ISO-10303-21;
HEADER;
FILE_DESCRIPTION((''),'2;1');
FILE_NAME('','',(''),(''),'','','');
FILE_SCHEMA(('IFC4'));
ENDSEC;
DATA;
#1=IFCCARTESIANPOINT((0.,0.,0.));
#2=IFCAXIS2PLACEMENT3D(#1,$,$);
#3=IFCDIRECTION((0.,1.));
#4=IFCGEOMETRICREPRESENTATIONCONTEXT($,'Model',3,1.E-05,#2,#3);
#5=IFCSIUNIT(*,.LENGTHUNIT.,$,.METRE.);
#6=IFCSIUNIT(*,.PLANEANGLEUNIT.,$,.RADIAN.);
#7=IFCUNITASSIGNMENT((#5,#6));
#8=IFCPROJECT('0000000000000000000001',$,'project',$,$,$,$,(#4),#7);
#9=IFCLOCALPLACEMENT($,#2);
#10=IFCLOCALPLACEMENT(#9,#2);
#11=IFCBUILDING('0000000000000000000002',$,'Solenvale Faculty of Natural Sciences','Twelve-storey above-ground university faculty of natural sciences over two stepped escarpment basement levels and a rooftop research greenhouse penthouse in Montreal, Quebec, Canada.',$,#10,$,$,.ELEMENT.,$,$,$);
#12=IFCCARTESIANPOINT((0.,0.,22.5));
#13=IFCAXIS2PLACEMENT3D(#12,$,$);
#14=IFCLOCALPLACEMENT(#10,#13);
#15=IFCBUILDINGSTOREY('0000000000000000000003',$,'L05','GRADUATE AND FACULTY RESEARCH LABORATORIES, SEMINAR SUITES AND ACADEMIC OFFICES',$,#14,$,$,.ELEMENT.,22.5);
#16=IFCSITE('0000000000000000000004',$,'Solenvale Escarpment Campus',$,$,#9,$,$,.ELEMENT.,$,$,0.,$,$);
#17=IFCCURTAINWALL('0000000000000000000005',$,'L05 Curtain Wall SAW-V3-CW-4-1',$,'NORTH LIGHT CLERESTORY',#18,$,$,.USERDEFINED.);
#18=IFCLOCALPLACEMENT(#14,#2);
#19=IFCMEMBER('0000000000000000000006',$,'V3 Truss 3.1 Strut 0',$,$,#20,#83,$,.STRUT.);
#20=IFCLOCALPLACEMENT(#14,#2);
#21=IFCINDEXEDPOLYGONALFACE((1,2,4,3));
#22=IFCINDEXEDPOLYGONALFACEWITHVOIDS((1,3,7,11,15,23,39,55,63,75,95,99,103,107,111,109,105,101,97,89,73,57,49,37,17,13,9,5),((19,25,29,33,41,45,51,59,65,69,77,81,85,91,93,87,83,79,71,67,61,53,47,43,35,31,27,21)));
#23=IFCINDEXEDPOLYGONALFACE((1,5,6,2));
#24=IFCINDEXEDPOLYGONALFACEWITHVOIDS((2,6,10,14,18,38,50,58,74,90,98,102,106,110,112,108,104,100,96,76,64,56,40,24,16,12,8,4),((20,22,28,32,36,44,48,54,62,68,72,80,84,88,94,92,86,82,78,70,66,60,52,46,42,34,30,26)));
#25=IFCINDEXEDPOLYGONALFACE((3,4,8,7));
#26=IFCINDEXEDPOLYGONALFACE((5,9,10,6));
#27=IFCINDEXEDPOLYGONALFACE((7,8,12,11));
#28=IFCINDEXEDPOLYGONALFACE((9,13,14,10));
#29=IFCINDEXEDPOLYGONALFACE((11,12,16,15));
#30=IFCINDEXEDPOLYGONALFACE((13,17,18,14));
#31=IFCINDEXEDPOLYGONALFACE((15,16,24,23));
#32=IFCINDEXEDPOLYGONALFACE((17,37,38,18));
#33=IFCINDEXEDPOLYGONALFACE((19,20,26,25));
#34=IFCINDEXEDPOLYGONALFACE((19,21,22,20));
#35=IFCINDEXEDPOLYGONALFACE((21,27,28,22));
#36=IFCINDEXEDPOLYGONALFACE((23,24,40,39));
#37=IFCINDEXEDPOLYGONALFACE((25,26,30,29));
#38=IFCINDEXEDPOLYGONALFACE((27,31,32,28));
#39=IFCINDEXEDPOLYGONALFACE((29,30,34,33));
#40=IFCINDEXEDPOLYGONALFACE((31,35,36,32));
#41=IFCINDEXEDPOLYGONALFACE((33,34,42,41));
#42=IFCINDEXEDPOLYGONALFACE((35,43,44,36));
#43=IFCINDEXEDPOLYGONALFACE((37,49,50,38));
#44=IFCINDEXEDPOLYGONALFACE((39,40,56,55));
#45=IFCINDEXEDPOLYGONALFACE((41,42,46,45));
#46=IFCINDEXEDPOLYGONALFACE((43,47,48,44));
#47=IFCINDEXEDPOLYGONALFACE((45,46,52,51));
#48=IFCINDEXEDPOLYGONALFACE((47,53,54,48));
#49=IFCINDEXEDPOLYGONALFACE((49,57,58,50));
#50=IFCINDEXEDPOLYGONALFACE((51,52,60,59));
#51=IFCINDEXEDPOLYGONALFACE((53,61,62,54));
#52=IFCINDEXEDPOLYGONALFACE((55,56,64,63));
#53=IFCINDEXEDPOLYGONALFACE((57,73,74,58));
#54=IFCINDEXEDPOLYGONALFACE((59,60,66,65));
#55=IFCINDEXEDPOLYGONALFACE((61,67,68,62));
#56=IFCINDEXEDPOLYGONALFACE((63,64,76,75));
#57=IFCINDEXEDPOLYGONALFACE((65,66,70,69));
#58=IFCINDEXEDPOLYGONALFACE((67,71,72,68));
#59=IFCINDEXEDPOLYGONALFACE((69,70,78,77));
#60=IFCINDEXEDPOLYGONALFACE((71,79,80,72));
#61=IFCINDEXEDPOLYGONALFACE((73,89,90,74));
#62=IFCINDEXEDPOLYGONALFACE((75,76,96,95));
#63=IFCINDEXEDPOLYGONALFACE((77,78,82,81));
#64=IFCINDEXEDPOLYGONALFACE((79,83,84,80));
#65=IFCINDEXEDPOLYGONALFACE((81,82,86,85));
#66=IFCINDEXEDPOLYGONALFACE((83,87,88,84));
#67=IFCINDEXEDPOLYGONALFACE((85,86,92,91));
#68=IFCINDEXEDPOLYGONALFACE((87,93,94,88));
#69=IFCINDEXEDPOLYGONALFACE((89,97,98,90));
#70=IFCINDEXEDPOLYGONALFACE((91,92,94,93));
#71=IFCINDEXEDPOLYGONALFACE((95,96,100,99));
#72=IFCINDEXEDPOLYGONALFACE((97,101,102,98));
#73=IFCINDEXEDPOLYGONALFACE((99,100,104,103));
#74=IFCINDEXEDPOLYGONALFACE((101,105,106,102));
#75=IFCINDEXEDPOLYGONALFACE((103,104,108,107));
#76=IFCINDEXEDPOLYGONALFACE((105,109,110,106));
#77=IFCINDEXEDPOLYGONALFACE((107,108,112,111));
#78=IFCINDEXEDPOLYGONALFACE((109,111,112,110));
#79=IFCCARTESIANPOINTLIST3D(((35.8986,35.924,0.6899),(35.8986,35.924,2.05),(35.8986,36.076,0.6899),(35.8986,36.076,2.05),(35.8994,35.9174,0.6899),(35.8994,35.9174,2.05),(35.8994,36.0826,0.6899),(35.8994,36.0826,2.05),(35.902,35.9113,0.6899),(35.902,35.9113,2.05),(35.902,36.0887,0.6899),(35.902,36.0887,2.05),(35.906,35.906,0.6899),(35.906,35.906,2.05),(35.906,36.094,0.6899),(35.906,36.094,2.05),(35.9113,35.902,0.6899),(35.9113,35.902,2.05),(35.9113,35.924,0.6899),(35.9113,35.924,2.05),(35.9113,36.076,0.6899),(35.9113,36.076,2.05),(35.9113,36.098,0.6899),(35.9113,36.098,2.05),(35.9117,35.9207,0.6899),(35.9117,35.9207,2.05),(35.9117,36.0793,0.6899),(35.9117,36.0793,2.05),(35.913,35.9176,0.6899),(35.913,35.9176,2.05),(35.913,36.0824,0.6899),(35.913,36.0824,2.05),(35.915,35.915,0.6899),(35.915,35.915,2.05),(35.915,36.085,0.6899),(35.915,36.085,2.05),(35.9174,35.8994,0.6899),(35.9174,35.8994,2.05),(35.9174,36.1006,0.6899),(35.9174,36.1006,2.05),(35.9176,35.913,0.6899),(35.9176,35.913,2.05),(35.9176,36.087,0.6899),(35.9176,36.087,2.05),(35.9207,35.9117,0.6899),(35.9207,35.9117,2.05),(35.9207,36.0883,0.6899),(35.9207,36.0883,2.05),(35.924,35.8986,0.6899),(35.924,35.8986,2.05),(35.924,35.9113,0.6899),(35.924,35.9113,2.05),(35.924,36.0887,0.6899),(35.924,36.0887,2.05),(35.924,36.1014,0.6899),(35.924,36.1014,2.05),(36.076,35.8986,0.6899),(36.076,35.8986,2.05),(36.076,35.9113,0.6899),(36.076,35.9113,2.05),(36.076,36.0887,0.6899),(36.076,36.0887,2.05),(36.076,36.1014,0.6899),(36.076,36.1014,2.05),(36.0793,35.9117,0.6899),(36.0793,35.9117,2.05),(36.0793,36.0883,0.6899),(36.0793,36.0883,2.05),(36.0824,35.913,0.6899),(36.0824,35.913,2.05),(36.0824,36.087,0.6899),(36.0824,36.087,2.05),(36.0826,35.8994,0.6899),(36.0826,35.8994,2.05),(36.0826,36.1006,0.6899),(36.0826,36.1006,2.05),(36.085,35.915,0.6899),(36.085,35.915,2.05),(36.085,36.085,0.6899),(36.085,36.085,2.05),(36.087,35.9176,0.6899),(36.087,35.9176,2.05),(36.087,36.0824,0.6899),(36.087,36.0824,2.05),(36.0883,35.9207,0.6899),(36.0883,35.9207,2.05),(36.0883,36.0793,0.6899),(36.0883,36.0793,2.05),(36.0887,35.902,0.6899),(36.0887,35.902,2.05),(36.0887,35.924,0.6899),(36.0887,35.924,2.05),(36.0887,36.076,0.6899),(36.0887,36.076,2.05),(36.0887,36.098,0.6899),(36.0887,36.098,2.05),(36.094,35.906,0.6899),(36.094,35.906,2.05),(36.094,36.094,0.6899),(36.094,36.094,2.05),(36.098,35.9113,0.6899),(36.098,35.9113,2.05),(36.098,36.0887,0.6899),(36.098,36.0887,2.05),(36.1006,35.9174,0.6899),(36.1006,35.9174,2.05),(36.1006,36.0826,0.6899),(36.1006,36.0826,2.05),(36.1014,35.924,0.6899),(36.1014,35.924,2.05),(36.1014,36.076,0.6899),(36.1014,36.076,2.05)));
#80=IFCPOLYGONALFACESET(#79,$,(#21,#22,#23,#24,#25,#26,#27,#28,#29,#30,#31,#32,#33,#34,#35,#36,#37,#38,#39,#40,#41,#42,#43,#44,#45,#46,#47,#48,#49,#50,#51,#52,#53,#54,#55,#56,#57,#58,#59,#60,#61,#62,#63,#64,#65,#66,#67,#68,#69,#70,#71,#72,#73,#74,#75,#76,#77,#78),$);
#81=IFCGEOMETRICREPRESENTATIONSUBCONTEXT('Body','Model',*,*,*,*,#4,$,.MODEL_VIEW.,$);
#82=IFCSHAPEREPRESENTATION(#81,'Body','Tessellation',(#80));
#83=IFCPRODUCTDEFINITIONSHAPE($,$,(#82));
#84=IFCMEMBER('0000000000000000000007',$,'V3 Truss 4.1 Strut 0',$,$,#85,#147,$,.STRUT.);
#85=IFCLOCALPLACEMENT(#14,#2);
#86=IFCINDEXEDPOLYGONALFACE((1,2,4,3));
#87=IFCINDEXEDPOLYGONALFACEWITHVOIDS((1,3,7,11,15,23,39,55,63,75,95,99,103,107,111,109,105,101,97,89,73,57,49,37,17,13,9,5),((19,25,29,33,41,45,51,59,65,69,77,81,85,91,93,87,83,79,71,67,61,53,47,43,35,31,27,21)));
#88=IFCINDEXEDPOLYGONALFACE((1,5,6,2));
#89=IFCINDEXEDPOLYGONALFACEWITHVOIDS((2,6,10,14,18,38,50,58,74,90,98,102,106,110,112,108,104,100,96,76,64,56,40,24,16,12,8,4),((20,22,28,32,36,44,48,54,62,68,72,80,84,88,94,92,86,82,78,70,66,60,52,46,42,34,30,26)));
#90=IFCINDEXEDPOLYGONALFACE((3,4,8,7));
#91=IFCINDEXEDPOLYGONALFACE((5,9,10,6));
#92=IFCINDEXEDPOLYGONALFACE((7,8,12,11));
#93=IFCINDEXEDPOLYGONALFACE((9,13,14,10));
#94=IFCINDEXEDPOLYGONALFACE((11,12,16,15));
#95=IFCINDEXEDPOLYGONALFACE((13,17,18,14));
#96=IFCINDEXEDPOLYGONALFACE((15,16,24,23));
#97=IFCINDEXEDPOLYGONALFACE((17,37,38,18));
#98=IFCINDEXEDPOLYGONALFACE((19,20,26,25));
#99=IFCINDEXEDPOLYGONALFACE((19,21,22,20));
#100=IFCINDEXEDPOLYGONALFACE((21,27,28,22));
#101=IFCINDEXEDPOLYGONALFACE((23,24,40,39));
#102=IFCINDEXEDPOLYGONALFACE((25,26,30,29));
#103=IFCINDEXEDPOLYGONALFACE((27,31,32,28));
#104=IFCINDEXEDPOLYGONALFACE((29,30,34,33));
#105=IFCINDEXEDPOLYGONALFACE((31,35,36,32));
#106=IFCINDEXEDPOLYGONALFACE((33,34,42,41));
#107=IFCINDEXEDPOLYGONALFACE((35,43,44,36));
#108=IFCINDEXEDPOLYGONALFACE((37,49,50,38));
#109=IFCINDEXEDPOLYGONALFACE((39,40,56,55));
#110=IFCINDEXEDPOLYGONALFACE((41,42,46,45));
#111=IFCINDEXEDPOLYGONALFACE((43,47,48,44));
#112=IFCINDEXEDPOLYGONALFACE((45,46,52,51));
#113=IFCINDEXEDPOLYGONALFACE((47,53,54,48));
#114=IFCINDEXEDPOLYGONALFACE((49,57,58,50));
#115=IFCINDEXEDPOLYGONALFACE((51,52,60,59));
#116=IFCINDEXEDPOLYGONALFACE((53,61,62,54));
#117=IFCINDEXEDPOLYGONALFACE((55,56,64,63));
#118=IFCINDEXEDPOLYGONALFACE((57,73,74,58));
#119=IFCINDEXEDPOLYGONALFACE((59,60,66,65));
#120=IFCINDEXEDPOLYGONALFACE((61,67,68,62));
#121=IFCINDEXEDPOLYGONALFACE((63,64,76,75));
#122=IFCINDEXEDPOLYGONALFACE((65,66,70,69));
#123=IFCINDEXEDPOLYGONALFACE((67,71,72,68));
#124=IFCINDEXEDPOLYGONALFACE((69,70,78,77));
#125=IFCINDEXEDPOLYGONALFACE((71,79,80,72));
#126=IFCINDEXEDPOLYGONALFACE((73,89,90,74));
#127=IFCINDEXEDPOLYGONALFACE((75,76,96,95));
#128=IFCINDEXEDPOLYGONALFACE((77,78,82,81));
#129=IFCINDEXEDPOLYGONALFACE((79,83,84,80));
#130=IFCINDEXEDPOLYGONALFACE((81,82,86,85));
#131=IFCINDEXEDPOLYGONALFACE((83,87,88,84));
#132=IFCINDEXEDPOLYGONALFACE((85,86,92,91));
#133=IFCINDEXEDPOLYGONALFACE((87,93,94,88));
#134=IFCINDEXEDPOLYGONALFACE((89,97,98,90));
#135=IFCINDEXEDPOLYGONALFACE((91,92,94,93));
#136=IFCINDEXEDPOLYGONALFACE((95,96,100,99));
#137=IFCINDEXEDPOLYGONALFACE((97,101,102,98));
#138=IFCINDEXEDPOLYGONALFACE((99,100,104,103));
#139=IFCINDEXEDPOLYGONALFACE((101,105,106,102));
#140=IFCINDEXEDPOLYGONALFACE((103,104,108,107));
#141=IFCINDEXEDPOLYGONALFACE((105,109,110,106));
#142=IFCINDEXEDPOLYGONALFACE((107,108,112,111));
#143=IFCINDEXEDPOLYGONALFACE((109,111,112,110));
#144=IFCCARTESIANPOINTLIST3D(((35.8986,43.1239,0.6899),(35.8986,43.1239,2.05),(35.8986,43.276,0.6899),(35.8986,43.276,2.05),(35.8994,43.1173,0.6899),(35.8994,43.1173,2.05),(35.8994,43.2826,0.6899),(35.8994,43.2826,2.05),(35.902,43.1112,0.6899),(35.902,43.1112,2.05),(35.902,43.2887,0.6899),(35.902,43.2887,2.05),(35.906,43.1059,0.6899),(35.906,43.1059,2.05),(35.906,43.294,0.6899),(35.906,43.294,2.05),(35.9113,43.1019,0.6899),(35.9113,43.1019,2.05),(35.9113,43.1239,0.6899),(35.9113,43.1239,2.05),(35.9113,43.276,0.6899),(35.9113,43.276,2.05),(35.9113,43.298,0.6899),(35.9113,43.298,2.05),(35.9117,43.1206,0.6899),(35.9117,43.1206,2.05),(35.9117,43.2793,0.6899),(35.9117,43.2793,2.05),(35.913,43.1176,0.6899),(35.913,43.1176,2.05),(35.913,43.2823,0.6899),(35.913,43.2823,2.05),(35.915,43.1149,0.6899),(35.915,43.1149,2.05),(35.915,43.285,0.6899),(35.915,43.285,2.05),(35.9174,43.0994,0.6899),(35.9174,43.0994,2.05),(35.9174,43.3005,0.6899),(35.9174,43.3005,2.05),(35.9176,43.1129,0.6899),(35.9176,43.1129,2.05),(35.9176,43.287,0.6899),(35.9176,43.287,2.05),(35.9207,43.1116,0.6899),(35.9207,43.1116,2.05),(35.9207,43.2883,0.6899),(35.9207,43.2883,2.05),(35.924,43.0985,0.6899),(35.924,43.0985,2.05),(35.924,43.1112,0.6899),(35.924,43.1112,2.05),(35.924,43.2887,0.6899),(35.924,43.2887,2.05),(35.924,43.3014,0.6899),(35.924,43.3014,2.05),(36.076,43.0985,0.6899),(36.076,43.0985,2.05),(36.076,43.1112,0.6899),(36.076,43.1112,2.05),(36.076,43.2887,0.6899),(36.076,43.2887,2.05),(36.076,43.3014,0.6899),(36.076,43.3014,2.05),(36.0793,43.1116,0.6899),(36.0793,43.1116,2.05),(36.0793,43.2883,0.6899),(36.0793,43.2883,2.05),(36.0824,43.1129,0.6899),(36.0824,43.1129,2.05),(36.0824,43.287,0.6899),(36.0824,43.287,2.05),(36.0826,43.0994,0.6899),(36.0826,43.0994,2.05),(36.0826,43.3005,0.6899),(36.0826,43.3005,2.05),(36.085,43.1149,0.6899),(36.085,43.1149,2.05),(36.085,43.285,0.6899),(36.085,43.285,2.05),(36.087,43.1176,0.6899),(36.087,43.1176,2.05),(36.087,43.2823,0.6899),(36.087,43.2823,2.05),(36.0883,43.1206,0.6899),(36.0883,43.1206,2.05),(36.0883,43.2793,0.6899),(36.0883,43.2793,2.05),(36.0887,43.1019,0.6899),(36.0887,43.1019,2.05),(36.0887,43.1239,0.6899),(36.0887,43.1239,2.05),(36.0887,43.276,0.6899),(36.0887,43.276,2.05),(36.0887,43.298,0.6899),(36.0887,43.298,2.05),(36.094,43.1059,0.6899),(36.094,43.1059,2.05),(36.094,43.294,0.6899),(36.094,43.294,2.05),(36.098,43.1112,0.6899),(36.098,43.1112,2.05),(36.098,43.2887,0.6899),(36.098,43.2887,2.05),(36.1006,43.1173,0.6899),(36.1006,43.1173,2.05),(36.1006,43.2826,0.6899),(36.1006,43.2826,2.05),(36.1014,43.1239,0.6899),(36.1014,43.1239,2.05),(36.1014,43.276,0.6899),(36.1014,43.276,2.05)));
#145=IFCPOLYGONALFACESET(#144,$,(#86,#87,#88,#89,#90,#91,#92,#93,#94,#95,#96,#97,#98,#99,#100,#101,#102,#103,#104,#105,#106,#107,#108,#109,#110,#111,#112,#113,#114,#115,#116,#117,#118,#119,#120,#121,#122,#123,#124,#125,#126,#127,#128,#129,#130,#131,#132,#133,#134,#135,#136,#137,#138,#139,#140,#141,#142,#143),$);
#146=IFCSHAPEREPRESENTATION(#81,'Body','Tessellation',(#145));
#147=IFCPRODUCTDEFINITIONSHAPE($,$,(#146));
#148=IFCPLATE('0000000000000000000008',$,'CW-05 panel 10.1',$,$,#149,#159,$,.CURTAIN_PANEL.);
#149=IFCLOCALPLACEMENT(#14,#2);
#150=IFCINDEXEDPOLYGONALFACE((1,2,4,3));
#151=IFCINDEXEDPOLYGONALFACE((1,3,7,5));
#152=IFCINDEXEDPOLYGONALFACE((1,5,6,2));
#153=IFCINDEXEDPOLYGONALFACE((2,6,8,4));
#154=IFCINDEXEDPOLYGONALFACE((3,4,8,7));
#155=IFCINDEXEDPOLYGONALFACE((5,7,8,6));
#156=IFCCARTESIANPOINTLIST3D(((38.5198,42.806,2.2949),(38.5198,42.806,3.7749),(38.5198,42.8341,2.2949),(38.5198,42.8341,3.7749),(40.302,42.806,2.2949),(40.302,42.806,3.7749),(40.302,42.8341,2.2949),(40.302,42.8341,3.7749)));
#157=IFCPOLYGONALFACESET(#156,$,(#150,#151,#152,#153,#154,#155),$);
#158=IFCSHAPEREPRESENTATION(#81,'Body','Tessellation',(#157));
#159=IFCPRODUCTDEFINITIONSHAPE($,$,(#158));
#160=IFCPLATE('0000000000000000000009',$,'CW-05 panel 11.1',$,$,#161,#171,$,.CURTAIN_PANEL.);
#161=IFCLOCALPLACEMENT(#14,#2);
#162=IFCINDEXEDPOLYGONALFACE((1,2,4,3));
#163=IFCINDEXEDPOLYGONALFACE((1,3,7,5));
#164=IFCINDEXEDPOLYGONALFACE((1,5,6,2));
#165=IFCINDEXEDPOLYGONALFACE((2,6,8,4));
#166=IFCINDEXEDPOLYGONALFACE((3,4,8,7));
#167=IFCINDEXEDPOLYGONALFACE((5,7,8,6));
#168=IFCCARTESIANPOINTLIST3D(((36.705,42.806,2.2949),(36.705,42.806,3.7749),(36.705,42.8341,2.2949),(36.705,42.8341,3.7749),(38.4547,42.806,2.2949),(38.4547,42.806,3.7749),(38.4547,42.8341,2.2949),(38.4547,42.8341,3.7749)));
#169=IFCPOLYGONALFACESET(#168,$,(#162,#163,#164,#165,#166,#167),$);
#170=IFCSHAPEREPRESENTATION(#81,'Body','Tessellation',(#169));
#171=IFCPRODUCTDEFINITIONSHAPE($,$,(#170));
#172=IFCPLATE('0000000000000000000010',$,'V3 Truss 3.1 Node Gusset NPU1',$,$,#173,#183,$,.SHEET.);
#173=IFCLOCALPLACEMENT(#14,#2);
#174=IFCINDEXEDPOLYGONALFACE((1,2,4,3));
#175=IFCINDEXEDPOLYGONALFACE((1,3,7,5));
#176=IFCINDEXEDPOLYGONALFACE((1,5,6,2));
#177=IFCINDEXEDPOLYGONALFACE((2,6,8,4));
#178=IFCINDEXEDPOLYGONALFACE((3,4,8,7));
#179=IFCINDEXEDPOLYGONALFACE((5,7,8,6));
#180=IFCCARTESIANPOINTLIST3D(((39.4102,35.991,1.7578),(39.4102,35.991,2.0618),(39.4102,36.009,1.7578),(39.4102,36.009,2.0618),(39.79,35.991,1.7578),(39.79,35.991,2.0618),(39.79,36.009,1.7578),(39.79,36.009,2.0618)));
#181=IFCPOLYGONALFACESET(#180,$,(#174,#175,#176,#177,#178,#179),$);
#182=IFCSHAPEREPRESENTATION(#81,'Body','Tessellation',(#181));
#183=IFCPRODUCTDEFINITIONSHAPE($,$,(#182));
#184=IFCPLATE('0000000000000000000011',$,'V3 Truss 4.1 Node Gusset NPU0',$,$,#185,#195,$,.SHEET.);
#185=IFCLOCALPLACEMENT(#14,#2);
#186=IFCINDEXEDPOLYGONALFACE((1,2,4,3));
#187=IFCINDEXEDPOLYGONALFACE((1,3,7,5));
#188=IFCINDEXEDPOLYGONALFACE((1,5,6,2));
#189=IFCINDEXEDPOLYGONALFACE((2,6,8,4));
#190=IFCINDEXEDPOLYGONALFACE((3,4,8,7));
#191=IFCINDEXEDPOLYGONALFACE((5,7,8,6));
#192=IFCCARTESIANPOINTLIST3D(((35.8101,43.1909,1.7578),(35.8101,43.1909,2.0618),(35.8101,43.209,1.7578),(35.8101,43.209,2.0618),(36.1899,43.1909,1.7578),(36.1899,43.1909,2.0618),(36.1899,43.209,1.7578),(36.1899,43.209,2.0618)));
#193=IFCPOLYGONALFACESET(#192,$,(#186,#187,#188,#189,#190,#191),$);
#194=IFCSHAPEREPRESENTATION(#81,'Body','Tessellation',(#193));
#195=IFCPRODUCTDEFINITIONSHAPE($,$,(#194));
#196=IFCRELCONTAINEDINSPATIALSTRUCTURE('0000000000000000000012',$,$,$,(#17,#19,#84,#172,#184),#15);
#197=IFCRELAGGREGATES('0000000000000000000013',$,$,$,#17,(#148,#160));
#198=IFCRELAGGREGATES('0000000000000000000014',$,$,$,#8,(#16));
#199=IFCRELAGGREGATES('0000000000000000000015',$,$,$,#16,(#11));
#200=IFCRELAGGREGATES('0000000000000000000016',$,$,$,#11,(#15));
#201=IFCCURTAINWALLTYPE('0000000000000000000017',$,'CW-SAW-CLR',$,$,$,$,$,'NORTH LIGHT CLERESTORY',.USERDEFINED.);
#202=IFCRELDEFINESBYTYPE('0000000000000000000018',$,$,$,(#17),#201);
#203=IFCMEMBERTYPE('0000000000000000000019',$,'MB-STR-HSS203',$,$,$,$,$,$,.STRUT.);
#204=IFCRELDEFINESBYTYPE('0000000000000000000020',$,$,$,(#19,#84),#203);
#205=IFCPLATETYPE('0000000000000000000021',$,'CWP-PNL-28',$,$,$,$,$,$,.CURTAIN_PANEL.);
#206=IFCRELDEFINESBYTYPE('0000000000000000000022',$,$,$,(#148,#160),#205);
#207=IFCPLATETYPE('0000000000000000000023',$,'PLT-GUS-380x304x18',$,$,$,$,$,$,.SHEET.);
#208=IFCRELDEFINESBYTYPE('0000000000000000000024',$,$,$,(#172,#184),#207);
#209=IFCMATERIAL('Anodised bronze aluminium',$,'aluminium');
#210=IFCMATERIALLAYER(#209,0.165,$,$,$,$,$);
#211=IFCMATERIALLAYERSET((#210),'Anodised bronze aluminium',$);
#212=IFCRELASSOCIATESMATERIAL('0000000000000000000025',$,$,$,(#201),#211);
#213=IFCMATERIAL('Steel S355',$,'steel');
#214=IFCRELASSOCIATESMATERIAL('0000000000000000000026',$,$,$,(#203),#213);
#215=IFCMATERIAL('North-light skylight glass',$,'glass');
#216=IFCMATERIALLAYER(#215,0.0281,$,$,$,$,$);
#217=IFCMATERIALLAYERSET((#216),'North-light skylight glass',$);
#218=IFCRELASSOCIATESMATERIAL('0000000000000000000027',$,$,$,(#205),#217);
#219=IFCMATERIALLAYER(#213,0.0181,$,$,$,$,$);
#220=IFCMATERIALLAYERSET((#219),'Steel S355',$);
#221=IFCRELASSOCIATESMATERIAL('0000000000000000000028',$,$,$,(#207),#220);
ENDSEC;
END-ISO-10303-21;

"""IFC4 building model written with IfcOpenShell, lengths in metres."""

from ifc_helpers import new_model, si_unit, direction, frame, origin, origin_2d, place, context, subcontext, project, spatial, rectangle, hollow_rectangle, extrude, material, layer, layer_set, material_profile, profile_set, type_object, element, aggregate, save


model = new_model("IFC4")

# Units and contexts
model_context = context("Model", 3, precision=1e-05, world=origin(), true_north=direction((0.0, 1.0)))
body_context = subcontext(model_context, "Body", "Model", "MODEL_VIEW")
ifc_project = project(units=[si_unit("LENGTHUNIT", "METRE"), si_unit("PLANEANGLEUNIT", "RADIAN")], contexts=[model_context])

# Site, building, storey
site_placement = place(None, origin())
site = spatial("IfcSite", under=ifc_project, at=site_placement, Name="Solenvale Escarpment Campus", CompositionType="ELEMENT", RefElevation=0.0)
building_placement = place(site_placement, origin())
building = spatial("IfcBuilding", under=site, at=building_placement, Name="Solenvale Faculty of Natural Sciences", Description="Twelve-storey above-ground university faculty of natural sciences over two stepped escarpment basement levels and a rooftop research greenhouse penthouse in Montreal, Quebec, Canada.", CompositionType="ELEMENT")
storey_placement = place(building_placement, frame((0.0, 0.0, 22.5)))
storey = spatial("IfcBuildingStorey", under=building, at=storey_placement, Name="L05", Description="GRADUATE AND FACULTY RESEARCH LABORATORIES, SEMINAR SUITES AND ACADEMIC OFFICES", CompositionType="ELEMENT", Elevation=22.5)

# Shared definitions
ifc_material_1 = material(Name="Steel S355", Category="steel")

# Curtain wall
ifc_material_2 = material(Name="Anodised bronze aluminium", Category="aluminium")
ifc_layer_1 = layer(ifc_material_2, 0.165)
ifc_layer_set_1 = layer_set([ifc_layer_1], Name="Anodised bronze aluminium")
curtain_wall_type = type_object("IfcCurtainWallType", Name="CW-SAW-CLR", ElementType="NORTH LIGHT CLERESTORY", PredefinedType="USERDEFINED", material=ifc_layer_set_1)
curtain_wall_placement = place(storey_placement, origin())
curtain_wall = element("IfcCurtainWall", 1, at=curtain_wall_placement, inside=storey, type_object=curtain_wall_type, Name="L05 Curtain Wall SAW-V3-CW-4-1", ObjectType="NORTH LIGHT CLERESTORY", PredefinedType="USERDEFINED")

# Members
ifc_material_profile_1 = material_profile(ifc_material_1, hollow_rectangle(XDim=0.2029, YDim=0.2029, WallThickness=0.0127, InnerFilletRadius=0.0127, OuterFilletRadius=0.0254, at=origin_2d()), Name="HSS203x203x13")
ifc_profile_set_1 = profile_set([ifc_material_profile_1], Name="Steel S355")
member_type_1 = type_object("IfcMemberType", Name="MB-STR-HSS203", PredefinedType="STRUT", material=ifc_profile_set_1)
for number, where, z_axis, x_axis, name in (
    (2, (36.0, 36.0, 0.6899), (0.0, 0.0, 1.0), (1.0, 0.0, 0.0), "V3 Truss 3.1 Strut 0"),
    (3, (36.0, 43.2, 0.6899), (0.0, 0.0, 1.0), (1.0, 0.0, 0.0), "V3 Truss 4.1 Strut 0"),
):
    element("IfcMember", number, at=place(storey_placement, frame(where, z_axis=z_axis, x_axis=x_axis)), inside=storey, type_object=member_type_1, Name=name, PredefinedType="STRUT", context=body_context, shape_type="SweptSolid", body=[
        extrude(hollow_rectangle(XDim=0.2029, YDim=0.2029, WallThickness=0.0127, InnerFilletRadius=0.0127, OuterFilletRadius=0.0254, at=origin_2d()), origin(), (0.0, 0.0, 1.0), 1.3601),
    ])

# Plates
ifc_material_3 = material(Name="North-light skylight glass", Category="glass")
ifc_layer_2 = layer(ifc_material_3, 0.0281)
ifc_layer_set_2 = layer_set([ifc_layer_2], Name="North-light skylight glass")
plate_type_1 = type_object("IfcPlateType", Name="CWP-PNL-28", PredefinedType="CURTAIN_PANEL", material=ifc_layer_set_2)
plate_1_placement = place(storey_placement, frame((39.4109, 42.8201, 2.2949), z_axis=(0.0, 0.0, 1.0), x_axis=(-1.0, 0.0, 0.0)))
plate_1 = element("IfcPlate", 4, at=plate_1_placement, type_object=plate_type_1, Name="CW-05 panel 10.1", PredefinedType="CURTAIN_PANEL", context=body_context, shape_type="SweptSolid", body=[
    extrude(rectangle(XDim=1.7822, YDim=0.0281, at=origin_2d()), origin(), (0.0, 0.0, 1.0), 1.48),
])
plate_2_placement = place(storey_placement, frame((37.5798, 42.8201, 2.2949), z_axis=(0.0, 0.0, 1.0), x_axis=(-1.0, 0.0, 0.0)))
plate_2 = element("IfcPlate", 5, at=plate_2_placement, type_object=plate_type_1, Name="CW-05 panel 11.1", PredefinedType="CURTAIN_PANEL", context=body_context, shape_type="SweptSolid", body=[
    extrude(rectangle(XDim=1.7498, YDim=0.0281, at=origin_2d()), origin(), (0.0, 0.0, 1.0), 1.48),
])
aggregate(curtain_wall, [plate_1, plate_2])

# Plates
ifc_layer_3 = layer(ifc_material_1, 0.0181)
ifc_layer_set_3 = layer_set([ifc_layer_3], Name="Steel S355")
plate_type_2 = type_object("IfcPlateType", Name="PLT-GUS-380x304x18", PredefinedType="SHEET", material=ifc_layer_set_3)
for number, where, z_axis, x_axis, name in (
    (6, (39.6001, 36.0, 1.7578), (0.0, 0.0, 1.0), (1.0, 0.0, 0.0), "V3 Truss 3.1 Node Gusset NPU1"),
    (7, (36.0, 43.2, 1.7578), (0.0, 0.0, 1.0), (1.0, 0.0, 0.0), "V3 Truss 4.1 Node Gusset NPU0"),
):
    element("IfcPlate", number, at=place(storey_placement, frame(where, z_axis=z_axis, x_axis=x_axis)), inside=storey, type_object=plate_type_2, Name=name, PredefinedType="SHEET", context=body_context, shape_type="SweptSolid", body=[
        extrude(rectangle(XDim=0.3799, YDim=0.0181, at=origin_2d()), origin(), (0.0, 0.0, 1.0), 0.304),
    ])

save(model, "model.ifc")
